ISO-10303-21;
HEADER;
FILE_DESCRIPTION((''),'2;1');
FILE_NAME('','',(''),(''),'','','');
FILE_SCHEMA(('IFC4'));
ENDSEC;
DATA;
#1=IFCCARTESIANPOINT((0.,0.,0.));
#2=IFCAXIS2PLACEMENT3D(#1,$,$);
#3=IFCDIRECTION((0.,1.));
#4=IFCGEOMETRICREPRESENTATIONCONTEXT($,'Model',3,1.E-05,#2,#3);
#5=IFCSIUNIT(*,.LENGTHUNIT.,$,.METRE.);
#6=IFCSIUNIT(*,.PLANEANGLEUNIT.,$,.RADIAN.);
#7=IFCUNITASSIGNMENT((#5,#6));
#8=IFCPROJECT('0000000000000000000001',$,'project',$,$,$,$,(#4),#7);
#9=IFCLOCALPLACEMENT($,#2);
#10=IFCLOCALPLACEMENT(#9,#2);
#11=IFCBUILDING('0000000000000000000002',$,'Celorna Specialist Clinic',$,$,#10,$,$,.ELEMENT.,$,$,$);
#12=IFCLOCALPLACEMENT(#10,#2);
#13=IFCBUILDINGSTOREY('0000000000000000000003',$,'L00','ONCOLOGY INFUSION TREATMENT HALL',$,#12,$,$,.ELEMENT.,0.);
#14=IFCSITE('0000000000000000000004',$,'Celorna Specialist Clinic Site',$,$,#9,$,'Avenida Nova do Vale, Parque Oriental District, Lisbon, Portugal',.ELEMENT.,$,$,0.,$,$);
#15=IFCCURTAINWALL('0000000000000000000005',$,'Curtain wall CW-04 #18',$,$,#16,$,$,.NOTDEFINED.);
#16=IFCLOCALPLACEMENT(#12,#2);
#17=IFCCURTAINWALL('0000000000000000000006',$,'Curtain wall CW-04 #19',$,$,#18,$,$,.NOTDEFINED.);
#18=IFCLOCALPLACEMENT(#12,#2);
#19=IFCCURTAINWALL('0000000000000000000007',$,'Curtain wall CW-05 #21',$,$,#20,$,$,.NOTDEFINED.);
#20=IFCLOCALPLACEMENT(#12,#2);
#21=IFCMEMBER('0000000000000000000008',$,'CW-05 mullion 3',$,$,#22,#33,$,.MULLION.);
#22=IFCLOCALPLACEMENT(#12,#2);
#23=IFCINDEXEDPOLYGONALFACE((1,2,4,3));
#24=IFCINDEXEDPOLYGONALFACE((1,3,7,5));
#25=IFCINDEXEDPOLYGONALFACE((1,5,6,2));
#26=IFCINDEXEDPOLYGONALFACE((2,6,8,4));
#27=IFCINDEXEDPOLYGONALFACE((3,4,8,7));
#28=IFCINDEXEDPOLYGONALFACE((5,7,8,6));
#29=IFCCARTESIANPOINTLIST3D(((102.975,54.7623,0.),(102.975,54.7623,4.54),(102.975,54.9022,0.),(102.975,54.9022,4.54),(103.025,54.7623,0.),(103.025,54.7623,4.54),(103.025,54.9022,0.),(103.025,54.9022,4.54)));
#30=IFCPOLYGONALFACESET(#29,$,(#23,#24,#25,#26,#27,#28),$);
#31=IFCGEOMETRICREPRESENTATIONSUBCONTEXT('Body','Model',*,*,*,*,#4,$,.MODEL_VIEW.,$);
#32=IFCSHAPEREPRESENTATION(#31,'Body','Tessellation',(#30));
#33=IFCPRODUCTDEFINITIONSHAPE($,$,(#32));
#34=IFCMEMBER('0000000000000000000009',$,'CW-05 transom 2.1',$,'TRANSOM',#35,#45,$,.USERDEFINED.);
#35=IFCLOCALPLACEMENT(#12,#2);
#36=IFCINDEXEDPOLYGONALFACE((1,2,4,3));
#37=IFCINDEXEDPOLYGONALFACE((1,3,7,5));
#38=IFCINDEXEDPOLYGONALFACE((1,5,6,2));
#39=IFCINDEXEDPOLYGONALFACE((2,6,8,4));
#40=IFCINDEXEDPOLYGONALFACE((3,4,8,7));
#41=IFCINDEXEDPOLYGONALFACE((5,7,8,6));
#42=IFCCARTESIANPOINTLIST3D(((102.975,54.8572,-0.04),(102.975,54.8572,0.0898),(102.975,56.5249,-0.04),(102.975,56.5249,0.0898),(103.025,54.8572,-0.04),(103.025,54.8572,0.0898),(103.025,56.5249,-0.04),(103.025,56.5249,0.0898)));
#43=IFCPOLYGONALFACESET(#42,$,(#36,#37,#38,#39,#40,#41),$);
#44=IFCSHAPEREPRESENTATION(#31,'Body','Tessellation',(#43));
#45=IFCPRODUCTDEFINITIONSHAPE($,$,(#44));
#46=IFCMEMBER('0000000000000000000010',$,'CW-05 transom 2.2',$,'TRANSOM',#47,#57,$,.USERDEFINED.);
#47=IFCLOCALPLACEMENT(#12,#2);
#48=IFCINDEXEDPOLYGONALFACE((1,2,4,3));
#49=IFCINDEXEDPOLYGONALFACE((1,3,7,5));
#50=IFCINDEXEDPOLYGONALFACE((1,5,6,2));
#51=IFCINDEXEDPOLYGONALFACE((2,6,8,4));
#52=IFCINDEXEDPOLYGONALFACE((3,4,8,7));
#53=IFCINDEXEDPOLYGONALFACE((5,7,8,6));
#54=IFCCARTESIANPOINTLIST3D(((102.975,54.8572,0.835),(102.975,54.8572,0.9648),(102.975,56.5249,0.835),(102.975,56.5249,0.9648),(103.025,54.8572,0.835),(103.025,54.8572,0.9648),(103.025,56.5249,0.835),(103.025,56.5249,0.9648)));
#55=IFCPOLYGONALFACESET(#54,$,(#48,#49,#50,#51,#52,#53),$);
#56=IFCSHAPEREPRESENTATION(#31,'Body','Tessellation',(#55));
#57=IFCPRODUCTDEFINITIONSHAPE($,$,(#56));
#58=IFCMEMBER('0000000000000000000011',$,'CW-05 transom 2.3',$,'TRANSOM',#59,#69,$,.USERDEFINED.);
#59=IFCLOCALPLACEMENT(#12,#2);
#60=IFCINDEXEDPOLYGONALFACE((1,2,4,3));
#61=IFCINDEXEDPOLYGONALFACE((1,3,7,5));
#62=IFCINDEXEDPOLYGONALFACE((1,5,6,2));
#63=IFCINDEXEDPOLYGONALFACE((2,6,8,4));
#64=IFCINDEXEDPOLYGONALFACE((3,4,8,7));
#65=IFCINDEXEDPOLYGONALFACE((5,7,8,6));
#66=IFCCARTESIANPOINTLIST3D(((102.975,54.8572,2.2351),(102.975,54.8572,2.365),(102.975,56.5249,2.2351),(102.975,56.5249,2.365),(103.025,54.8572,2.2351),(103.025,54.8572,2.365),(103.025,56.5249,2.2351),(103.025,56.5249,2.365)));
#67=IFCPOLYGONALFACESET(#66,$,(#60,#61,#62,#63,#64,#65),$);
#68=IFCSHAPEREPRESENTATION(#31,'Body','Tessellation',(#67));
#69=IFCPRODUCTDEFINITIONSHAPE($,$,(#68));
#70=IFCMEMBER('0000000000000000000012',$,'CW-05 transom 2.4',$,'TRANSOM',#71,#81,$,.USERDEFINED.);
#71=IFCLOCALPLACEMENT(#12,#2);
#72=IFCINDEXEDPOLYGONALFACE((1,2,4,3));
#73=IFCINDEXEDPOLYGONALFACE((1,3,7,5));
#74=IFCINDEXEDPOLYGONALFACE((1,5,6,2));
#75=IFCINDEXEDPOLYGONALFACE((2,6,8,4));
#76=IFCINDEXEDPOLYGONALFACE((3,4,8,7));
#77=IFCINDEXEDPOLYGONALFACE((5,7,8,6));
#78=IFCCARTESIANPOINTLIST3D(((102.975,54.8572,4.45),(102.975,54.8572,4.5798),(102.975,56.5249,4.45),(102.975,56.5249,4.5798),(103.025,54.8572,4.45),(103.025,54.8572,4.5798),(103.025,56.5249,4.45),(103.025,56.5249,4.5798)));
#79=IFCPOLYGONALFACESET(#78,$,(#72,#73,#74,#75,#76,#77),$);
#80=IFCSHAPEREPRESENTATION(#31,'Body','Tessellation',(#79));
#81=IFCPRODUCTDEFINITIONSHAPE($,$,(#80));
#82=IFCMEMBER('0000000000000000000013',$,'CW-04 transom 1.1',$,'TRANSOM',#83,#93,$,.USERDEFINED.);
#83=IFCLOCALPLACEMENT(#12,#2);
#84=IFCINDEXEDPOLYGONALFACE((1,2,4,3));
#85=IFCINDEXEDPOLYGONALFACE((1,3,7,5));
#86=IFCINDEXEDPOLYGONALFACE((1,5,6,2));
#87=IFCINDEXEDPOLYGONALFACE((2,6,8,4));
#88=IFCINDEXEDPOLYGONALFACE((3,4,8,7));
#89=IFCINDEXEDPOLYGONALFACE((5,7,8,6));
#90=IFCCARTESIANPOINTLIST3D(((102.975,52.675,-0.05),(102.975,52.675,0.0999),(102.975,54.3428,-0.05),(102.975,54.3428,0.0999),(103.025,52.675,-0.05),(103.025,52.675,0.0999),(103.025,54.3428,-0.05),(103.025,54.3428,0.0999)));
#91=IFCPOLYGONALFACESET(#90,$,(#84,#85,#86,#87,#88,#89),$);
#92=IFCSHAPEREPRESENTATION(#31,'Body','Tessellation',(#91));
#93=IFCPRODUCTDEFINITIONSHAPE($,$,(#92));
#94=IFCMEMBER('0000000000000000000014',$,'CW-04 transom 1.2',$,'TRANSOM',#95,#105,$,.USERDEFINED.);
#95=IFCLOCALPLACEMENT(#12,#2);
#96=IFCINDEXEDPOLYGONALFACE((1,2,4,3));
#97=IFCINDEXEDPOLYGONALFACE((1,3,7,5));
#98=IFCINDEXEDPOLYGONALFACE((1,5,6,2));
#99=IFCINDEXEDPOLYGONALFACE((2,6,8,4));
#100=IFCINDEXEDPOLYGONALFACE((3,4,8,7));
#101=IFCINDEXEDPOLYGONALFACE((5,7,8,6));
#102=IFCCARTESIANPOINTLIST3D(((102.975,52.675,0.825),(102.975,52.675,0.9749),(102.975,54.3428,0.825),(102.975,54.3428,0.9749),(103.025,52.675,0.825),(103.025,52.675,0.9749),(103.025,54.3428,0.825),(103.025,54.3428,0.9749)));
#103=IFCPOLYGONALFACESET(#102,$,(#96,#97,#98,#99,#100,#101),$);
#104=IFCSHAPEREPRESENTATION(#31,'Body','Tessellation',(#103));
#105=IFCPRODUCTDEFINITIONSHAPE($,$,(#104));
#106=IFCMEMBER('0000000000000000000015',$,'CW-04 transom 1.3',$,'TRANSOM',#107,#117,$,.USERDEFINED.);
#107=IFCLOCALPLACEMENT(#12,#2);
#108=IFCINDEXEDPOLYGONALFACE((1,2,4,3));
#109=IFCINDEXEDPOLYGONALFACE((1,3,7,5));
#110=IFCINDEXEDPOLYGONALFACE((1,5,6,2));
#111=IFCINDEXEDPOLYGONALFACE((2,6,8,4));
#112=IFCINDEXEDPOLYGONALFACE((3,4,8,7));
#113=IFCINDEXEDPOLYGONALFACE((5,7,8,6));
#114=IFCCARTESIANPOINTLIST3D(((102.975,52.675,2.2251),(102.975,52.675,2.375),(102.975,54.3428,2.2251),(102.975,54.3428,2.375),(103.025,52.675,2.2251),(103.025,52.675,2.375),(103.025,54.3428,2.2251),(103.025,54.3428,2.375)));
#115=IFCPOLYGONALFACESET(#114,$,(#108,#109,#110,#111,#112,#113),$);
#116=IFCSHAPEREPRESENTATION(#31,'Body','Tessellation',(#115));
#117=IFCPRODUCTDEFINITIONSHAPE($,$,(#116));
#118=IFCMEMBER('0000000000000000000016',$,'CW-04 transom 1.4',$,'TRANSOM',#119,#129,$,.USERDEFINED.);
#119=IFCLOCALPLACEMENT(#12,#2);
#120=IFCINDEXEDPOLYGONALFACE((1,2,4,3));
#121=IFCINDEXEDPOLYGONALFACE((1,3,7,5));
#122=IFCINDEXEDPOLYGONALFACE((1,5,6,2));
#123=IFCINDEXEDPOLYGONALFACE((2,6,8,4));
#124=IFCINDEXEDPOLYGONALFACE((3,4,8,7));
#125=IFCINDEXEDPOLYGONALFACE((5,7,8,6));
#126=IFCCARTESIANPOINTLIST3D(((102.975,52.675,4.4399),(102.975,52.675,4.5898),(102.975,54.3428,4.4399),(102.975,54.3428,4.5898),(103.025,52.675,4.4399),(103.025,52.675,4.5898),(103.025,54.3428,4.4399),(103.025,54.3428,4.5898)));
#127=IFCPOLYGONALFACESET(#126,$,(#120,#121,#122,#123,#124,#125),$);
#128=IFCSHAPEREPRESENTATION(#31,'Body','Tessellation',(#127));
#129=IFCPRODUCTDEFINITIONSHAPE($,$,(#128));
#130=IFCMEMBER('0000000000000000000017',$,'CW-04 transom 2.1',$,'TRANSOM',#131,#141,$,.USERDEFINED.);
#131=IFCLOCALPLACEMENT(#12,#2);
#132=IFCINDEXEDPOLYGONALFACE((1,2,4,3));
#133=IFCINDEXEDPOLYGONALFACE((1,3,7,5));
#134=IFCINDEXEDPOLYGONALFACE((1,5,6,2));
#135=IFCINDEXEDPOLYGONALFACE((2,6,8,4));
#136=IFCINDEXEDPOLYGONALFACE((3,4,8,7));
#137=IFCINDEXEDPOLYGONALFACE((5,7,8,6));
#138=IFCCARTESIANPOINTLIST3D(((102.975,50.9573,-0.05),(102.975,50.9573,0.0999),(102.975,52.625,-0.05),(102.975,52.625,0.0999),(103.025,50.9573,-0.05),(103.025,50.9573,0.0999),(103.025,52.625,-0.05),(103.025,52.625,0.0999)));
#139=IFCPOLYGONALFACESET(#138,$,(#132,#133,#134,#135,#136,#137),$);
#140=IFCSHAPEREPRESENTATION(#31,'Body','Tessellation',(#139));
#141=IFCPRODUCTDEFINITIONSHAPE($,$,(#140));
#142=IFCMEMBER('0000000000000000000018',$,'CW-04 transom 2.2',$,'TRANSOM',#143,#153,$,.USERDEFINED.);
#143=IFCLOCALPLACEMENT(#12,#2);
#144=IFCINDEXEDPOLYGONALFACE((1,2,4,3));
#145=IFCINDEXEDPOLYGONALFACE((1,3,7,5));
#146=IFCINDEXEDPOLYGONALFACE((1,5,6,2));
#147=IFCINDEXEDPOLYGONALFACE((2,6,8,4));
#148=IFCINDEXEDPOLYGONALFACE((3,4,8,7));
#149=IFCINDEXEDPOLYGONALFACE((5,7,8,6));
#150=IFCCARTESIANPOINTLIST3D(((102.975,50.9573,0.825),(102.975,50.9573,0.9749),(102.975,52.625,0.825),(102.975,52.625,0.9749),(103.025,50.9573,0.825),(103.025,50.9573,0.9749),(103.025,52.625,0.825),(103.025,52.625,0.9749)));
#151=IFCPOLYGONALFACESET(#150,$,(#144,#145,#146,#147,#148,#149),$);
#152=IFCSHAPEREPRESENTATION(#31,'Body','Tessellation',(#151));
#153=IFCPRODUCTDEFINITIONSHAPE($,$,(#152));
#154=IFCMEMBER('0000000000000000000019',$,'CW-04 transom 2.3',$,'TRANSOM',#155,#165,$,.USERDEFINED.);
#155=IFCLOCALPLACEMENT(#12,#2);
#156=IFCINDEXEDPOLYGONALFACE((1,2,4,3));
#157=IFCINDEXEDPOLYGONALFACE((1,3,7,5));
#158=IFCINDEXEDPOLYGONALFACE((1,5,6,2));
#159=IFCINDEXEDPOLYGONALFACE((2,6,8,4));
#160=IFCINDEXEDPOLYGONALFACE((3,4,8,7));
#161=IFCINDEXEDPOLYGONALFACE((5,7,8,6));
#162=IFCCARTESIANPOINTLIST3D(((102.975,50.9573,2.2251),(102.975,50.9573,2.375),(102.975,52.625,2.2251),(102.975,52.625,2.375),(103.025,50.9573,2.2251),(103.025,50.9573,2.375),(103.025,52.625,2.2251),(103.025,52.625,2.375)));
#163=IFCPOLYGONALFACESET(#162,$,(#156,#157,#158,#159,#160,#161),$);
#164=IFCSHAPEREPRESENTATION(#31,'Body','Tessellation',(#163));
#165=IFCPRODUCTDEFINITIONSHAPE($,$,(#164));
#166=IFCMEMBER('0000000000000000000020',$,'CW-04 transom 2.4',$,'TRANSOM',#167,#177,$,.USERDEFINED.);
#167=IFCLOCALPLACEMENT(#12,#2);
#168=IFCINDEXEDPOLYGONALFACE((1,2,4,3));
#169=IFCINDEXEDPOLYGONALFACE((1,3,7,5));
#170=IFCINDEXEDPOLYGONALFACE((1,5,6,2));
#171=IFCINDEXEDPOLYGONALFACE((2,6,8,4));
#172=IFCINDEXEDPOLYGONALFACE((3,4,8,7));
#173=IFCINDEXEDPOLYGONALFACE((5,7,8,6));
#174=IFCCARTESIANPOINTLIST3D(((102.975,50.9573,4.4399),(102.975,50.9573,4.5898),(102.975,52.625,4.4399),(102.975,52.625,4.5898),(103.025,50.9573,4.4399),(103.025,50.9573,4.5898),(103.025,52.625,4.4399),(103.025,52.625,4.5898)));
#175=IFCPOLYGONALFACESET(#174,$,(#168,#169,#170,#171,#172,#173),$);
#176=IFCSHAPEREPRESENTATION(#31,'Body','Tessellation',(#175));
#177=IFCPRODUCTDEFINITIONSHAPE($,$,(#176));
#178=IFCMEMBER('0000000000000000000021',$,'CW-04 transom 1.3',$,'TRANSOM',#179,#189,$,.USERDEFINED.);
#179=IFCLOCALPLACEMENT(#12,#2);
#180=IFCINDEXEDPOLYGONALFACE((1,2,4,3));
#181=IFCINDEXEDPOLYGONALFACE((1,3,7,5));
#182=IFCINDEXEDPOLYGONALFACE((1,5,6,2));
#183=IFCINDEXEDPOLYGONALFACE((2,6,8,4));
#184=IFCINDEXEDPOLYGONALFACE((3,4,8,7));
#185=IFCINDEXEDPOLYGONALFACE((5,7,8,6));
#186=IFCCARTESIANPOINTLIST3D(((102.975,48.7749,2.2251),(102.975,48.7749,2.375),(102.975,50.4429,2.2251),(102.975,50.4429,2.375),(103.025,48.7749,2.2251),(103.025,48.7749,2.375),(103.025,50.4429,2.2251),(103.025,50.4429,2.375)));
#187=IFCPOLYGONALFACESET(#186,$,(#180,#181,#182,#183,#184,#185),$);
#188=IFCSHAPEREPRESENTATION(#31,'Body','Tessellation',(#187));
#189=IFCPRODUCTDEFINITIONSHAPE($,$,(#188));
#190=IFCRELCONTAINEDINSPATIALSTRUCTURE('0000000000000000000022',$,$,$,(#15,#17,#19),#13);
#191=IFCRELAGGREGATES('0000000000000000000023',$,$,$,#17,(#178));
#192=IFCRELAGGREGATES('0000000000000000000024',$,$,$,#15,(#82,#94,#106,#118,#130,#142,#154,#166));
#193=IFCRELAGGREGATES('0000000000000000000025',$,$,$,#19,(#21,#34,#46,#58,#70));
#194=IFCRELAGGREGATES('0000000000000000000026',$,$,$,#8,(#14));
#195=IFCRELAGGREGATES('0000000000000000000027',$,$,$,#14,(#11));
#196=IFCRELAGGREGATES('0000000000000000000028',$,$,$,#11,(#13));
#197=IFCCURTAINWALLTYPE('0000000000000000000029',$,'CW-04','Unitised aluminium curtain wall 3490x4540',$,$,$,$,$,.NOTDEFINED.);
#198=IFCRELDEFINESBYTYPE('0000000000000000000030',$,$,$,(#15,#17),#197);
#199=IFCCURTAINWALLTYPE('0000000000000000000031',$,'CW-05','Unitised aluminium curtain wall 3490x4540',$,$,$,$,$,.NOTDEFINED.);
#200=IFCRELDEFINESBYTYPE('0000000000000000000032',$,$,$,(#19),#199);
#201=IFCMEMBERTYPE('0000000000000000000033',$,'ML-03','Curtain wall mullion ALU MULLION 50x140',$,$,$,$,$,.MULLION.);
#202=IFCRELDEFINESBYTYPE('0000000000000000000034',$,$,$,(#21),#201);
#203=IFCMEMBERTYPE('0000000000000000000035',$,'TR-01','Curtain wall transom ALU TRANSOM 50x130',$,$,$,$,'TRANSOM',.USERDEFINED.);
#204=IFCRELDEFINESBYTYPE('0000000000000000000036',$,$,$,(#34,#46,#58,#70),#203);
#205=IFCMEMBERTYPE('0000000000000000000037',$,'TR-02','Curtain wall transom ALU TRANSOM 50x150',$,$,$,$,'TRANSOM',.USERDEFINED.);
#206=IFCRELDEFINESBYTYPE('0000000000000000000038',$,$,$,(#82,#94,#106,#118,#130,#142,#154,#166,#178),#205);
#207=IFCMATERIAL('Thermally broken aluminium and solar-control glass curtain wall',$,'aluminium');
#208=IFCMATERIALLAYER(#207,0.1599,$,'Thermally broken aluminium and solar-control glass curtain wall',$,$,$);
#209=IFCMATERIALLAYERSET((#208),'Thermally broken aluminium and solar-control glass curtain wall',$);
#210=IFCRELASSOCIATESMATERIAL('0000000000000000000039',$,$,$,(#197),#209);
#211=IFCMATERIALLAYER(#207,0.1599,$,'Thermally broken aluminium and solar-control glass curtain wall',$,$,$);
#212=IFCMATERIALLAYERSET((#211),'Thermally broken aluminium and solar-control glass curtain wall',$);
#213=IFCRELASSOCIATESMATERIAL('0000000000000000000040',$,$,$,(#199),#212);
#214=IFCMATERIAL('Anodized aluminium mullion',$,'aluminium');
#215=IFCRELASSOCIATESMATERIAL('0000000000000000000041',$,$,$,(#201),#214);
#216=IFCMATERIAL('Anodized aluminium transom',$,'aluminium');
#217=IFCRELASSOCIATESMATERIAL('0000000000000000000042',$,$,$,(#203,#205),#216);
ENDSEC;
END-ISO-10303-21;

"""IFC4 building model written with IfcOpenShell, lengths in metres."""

from ifc_helpers import new_model, si_unit, direction, frame, origin, origin_2d, place, context, subcontext, project, spatial, rectangle, extrude, material, layer, layer_set, material_profile, profile_set, type_object, element, aggregate, save


model = new_model("IFC4")

# Units and contexts
model_context = context("Model", 3, precision=1e-05, world=origin(), true_north=direction((0.0, 1.0)))
body_context = subcontext(model_context, "Body", "Model", "MODEL_VIEW")
ifc_project = project(units=[si_unit("LENGTHUNIT", "METRE"), si_unit("PLANEANGLEUNIT", "RADIAN")], contexts=[model_context])

# Site, building, storey
site_placement = place(None, origin())
site = spatial("IfcSite", under=ifc_project, at=site_placement, Name="Celorna Specialist Clinic Site", LongName="Avenida Nova do Vale, Parque Oriental District, Lisbon, Portugal", CompositionType="ELEMENT", RefElevation=0.0)
building_placement = place(site_placement, origin())
building = spatial("IfcBuilding", under=site, at=building_placement, Name="Celorna Specialist Clinic", CompositionType="ELEMENT")
storey_placement = place(building_placement, origin())
storey = spatial("IfcBuildingStorey", under=building, at=storey_placement, Name="L00", Description="ONCOLOGY INFUSION TREATMENT HALL", CompositionType="ELEMENT", Elevation=0.0)

# Curtain wall
ifc_material_1 = material(Name="Thermally broken aluminium and solar-control glass curtain wall", Category="aluminium")
ifc_layer_1 = layer(ifc_material_1, 0.1599, Name="Thermally broken aluminium and solar-control glass curtain wall")
ifc_layer_set_1 = layer_set([ifc_layer_1], Name="Thermally broken aluminium and solar-control glass curtain wall")
curtain_wall_type_1 = type_object("IfcCurtainWallType", Name="CW-04", Description="Unitised aluminium curtain wall 3490x4540", PredefinedType="NOTDEFINED", material=ifc_layer_set_1)
curtain_wall_1_placement = place(storey_placement, origin())
curtain_wall_1 = element("IfcCurtainWall", 1, at=curtain_wall_1_placement, inside=storey, type_object=curtain_wall_type_1, Name="Curtain wall CW-04 #18", PredefinedType="NOTDEFINED")
ifc_material_2 = material(Name="Anodized aluminium mullion", Category="aluminium")

# Curtain wall
curtain_wall_2_placement = place(storey_placement, origin())
curtain_wall_2 = element("IfcCurtainWall", 2, at=curtain_wall_2_placement, inside=storey, type_object=curtain_wall_type_1, Name="Curtain wall CW-04 #19", PredefinedType="NOTDEFINED")

# Curtain wall, members
ifc_layer_2 = layer(ifc_material_1, 0.1599, Name="Thermally broken aluminium and solar-control glass curtain wall")
ifc_layer_set_2 = layer_set([ifc_layer_2], Name="Thermally broken aluminium and solar-control glass curtain wall")
curtain_wall_type_2 = type_object("IfcCurtainWallType", Name="CW-05", Description="Unitised aluminium curtain wall 3490x4540", PredefinedType="NOTDEFINED", material=ifc_layer_set_2)
curtain_wall_3_placement = place(storey_placement, origin())
curtain_wall_3 = element("IfcCurtainWall", 3, at=curtain_wall_3_placement, inside=storey, type_object=curtain_wall_type_2, Name="Curtain wall CW-05 #21", PredefinedType="NOTDEFINED")
ifc_material_profile_1 = material_profile(ifc_material_2, rectangle(XDim=0.05, YDim=0.1399, at=origin_2d()), Name="ALU MULLION 50x140")
ifc_profile_set_1 = profile_set([ifc_material_profile_1], Name="Anodized aluminium mullion")
member_type_1 = type_object("IfcMemberType", Name="ML-03", Description="Curtain wall mullion ALU MULLION 50x140", PredefinedType="MULLION", material=ifc_profile_set_1)
member_1_placement = place(storey_placement, frame((103.0, 54.8323, 0.0), z_axis=(0.0, 0.0, 1.0), x_axis=(1.0, 0.0, 0.0)))
member_1 = element("IfcMember", 4, at=member_1_placement, type_object=member_type_1, Name="CW-05 mullion 3", PredefinedType="MULLION", context=body_context, shape_type="SweptSolid", body=[
    extrude(rectangle(XDim=0.05, YDim=0.1399, at=origin_2d()), origin(), (0.0, 0.0, 1.0), 4.54),
])
ifc_material_3 = material(Name="Anodized aluminium transom", Category="aluminium")
ifc_material_profile_2 = material_profile(ifc_material_3, rectangle(XDim=0.05, YDim=0.1299, at=origin_2d()), Name="ALU TRANSOM 50x130")
ifc_profile_set_2 = profile_set([ifc_material_profile_2], Name="Anodized aluminium transom")
member_type_2 = type_object("IfcMemberType", Name="TR-01", Description="Curtain wall transom ALU TRANSOM 50x130", ElementType="TRANSOM", PredefinedType="USERDEFINED", material=ifc_profile_set_2)
member_2_placement = place(storey_placement, frame((103.0, 56.5249, 0.0249), z_axis=(0.0, -1.0, 0.0), x_axis=(1.0, 0.0, 0.0)))
member_2 = element("IfcMember", 5, at=member_2_placement, type_object=member_type_2, Name="CW-05 transom 2.1", ObjectType="TRANSOM", PredefinedType="USERDEFINED", context=body_context, shape_type="SweptSolid", body=[
    extrude(rectangle(XDim=0.05, YDim=0.1299, at=origin_2d()), origin(), (0.0, 0.0, 1.0), 1.6677),
])
member_3_placement = place(storey_placement, frame((103.0, 56.5249, 0.8999), z_axis=(0.0, -1.0, 0.0), x_axis=(1.0, 0.0, 0.0)))
member_3 = element("IfcMember", 6, at=member_3_placement, type_object=member_type_2, Name="CW-05 transom 2.2", ObjectType="TRANSOM", PredefinedType="USERDEFINED", context=body_context, shape_type="SweptSolid", body=[
    extrude(rectangle(XDim=0.05, YDim=0.1299, at=origin_2d()), origin(), (0.0, 0.0, 1.0), 1.6677),
])
member_4_placement = place(storey_placement, frame((103.0, 56.5249, 2.3), z_axis=(0.0, -1.0, 0.0), x_axis=(1.0, 0.0, 0.0)))
member_4 = element("IfcMember", 7, at=member_4_placement, type_object=member_type_2, Name="CW-05 transom 2.3", ObjectType="TRANSOM", PredefinedType="USERDEFINED", context=body_context, shape_type="SweptSolid", body=[
    extrude(rectangle(XDim=0.05, YDim=0.1299, at=origin_2d()), origin(), (0.0, 0.0, 1.0), 1.6677),
])
member_5_placement = place(storey_placement, frame((103.0, 56.5249, 4.5149), z_axis=(0.0, -1.0, 0.0), x_axis=(1.0, 0.0, 0.0)))
member_5 = element("IfcMember", 8, at=member_5_placement, type_object=member_type_2, Name="CW-05 transom 2.4", ObjectType="TRANSOM", PredefinedType="USERDEFINED", context=body_context, shape_type="SweptSolid", body=[
    extrude(rectangle(XDim=0.05, YDim=0.1299, at=origin_2d()), origin(), (0.0, 0.0, 1.0), 1.6677),
])

# Members
ifc_material_profile_3 = material_profile(ifc_material_3, rectangle(XDim=0.05, YDim=0.1499, at=origin_2d()), Name="ALU TRANSOM 50x150")
ifc_profile_set_3 = profile_set([ifc_material_profile_3], Name="Anodized aluminium transom")
member_type_3 = type_object("IfcMemberType", Name="TR-02", Description="Curtain wall transom ALU TRANSOM 50x150", ElementType="TRANSOM", PredefinedType="USERDEFINED", material=ifc_profile_set_3)
member_6_placement = place(storey_placement, frame((103.0, 54.3428, 0.0249), z_axis=(0.0, -1.0, 0.0), x_axis=(1.0, 0.0, 0.0)))
member_6 = element("IfcMember", 9, at=member_6_placement, type_object=member_type_3, Name="CW-04 transom 1.1", ObjectType="TRANSOM", PredefinedType="USERDEFINED", context=body_context, shape_type="SweptSolid", body=[
    extrude(rectangle(XDim=0.05, YDim=0.1499, at=origin_2d()), origin(), (0.0, 0.0, 1.0), 1.6677),
])
member_7_placement = place(storey_placement, frame((103.0, 54.3428, 0.8999), z_axis=(0.0, -1.0, 0.0), x_axis=(1.0, 0.0, 0.0)))
member_7 = element("IfcMember", 10, at=member_7_placement, type_object=member_type_3, Name="CW-04 transom 1.2", ObjectType="TRANSOM", PredefinedType="USERDEFINED", context=body_context, shape_type="SweptSolid", body=[
    extrude(rectangle(XDim=0.05, YDim=0.1499, at=origin_2d()), origin(), (0.0, 0.0, 1.0), 1.6677),
])
member_8_placement = place(storey_placement, frame((103.0, 54.3428, 2.3), z_axis=(0.0, -1.0, 0.0), x_axis=(1.0, 0.0, 0.0)))
member_8 = element("IfcMember", 11, at=member_8_placement, type_object=member_type_3, Name="CW-04 transom 1.3", ObjectType="TRANSOM", PredefinedType="USERDEFINED", context=body_context, shape_type="SweptSolid", body=[
    extrude(rectangle(XDim=0.05, YDim=0.1499, at=origin_2d()), origin(), (0.0, 0.0, 1.0), 1.6677),
])
member_9_placement = place(storey_placement, frame((103.0, 54.3428, 4.5149), z_axis=(0.0, -1.0, 0.0), x_axis=(1.0, 0.0, 0.0)))
member_9 = element("IfcMember", 12, at=member_9_placement, type_object=member_type_3, Name="CW-04 transom 1.4", ObjectType="TRANSOM", PredefinedType="USERDEFINED", context=body_context, shape_type="SweptSolid", body=[
    extrude(rectangle(XDim=0.05, YDim=0.1499, at=origin_2d()), origin(), (0.0, 0.0, 1.0), 1.6677),
])
member_10_placement = place(storey_placement, frame((103.0, 52.625, 0.0249), z_axis=(0.0, -1.0, 0.0), x_axis=(1.0, 0.0, 0.0)))
member_10 = element("IfcMember", 13, at=member_10_placement, type_object=member_type_3, Name="CW-04 transom 2.1", ObjectType="TRANSOM", PredefinedType="USERDEFINED", context=body_context, shape_type="SweptSolid", body=[
    extrude(rectangle(XDim=0.05, YDim=0.1499, at=origin_2d()), origin(), (0.0, 0.0, 1.0), 1.6677),
])
member_11_placement = place(storey_placement, frame((103.0, 52.625, 0.8999), z_axis=(0.0, -1.0, 0.0), x_axis=(1.0, 0.0, 0.0)))
member_11 = element("IfcMember", 14, at=member_11_placement, type_object=member_type_3, Name="CW-04 transom 2.2", ObjectType="TRANSOM", PredefinedType="USERDEFINED", context=body_context, shape_type="SweptSolid", body=[
    extrude(rectangle(XDim=0.05, YDim=0.1499, at=origin_2d()), origin(), (0.0, 0.0, 1.0), 1.6677),
])
member_12_placement = place(storey_placement, frame((103.0, 52.625, 2.3), z_axis=(0.0, -1.0, 0.0), x_axis=(1.0, 0.0, 0.0)))
member_12 = element("IfcMember", 15, at=member_12_placement, type_object=member_type_3, Name="CW-04 transom 2.3", ObjectType="TRANSOM", PredefinedType="USERDEFINED", context=body_context, shape_type="SweptSolid", body=[
    extrude(rectangle(XDim=0.05, YDim=0.1499, at=origin_2d()), origin(), (0.0, 0.0, 1.0), 1.6677),
])
member_13_placement = place(storey_placement, frame((103.0, 52.625, 4.5149), z_axis=(0.0, -1.0, 0.0), x_axis=(1.0, 0.0, 0.0)))
member_13 = element("IfcMember", 16, at=member_13_placement, type_object=member_type_3, Name="CW-04 transom 2.4", ObjectType="TRANSOM", PredefinedType="USERDEFINED", context=body_context, shape_type="SweptSolid", body=[
    extrude(rectangle(XDim=0.05, YDim=0.1499, at=origin_2d()), origin(), (0.0, 0.0, 1.0), 1.6677),
])
member_14_placement = place(storey_placement, frame((103.0, 50.4429, 2.3), z_axis=(0.0, -1.0, 0.0), x_axis=(1.0, 0.0, 0.0)))
member_14 = element("IfcMember", 17, at=member_14_placement, type_object=member_type_3, Name="CW-04 transom 1.3", ObjectType="TRANSOM", PredefinedType="USERDEFINED", context=body_context, shape_type="SweptSolid", body=[
    extrude(rectangle(XDim=0.05, YDim=0.1499, at=origin_2d()), origin(), (0.0, 0.0, 1.0), 1.668),
])
aggregate(curtain_wall_2, [member_14])

aggregate(curtain_wall_1, [member_6, member_7, member_8, member_9, member_10, member_11, member_12, member_13])
aggregate(curtain_wall_3, [member_1, member_2, member_3, member_4, member_5])

save(model, "model.ifc")
